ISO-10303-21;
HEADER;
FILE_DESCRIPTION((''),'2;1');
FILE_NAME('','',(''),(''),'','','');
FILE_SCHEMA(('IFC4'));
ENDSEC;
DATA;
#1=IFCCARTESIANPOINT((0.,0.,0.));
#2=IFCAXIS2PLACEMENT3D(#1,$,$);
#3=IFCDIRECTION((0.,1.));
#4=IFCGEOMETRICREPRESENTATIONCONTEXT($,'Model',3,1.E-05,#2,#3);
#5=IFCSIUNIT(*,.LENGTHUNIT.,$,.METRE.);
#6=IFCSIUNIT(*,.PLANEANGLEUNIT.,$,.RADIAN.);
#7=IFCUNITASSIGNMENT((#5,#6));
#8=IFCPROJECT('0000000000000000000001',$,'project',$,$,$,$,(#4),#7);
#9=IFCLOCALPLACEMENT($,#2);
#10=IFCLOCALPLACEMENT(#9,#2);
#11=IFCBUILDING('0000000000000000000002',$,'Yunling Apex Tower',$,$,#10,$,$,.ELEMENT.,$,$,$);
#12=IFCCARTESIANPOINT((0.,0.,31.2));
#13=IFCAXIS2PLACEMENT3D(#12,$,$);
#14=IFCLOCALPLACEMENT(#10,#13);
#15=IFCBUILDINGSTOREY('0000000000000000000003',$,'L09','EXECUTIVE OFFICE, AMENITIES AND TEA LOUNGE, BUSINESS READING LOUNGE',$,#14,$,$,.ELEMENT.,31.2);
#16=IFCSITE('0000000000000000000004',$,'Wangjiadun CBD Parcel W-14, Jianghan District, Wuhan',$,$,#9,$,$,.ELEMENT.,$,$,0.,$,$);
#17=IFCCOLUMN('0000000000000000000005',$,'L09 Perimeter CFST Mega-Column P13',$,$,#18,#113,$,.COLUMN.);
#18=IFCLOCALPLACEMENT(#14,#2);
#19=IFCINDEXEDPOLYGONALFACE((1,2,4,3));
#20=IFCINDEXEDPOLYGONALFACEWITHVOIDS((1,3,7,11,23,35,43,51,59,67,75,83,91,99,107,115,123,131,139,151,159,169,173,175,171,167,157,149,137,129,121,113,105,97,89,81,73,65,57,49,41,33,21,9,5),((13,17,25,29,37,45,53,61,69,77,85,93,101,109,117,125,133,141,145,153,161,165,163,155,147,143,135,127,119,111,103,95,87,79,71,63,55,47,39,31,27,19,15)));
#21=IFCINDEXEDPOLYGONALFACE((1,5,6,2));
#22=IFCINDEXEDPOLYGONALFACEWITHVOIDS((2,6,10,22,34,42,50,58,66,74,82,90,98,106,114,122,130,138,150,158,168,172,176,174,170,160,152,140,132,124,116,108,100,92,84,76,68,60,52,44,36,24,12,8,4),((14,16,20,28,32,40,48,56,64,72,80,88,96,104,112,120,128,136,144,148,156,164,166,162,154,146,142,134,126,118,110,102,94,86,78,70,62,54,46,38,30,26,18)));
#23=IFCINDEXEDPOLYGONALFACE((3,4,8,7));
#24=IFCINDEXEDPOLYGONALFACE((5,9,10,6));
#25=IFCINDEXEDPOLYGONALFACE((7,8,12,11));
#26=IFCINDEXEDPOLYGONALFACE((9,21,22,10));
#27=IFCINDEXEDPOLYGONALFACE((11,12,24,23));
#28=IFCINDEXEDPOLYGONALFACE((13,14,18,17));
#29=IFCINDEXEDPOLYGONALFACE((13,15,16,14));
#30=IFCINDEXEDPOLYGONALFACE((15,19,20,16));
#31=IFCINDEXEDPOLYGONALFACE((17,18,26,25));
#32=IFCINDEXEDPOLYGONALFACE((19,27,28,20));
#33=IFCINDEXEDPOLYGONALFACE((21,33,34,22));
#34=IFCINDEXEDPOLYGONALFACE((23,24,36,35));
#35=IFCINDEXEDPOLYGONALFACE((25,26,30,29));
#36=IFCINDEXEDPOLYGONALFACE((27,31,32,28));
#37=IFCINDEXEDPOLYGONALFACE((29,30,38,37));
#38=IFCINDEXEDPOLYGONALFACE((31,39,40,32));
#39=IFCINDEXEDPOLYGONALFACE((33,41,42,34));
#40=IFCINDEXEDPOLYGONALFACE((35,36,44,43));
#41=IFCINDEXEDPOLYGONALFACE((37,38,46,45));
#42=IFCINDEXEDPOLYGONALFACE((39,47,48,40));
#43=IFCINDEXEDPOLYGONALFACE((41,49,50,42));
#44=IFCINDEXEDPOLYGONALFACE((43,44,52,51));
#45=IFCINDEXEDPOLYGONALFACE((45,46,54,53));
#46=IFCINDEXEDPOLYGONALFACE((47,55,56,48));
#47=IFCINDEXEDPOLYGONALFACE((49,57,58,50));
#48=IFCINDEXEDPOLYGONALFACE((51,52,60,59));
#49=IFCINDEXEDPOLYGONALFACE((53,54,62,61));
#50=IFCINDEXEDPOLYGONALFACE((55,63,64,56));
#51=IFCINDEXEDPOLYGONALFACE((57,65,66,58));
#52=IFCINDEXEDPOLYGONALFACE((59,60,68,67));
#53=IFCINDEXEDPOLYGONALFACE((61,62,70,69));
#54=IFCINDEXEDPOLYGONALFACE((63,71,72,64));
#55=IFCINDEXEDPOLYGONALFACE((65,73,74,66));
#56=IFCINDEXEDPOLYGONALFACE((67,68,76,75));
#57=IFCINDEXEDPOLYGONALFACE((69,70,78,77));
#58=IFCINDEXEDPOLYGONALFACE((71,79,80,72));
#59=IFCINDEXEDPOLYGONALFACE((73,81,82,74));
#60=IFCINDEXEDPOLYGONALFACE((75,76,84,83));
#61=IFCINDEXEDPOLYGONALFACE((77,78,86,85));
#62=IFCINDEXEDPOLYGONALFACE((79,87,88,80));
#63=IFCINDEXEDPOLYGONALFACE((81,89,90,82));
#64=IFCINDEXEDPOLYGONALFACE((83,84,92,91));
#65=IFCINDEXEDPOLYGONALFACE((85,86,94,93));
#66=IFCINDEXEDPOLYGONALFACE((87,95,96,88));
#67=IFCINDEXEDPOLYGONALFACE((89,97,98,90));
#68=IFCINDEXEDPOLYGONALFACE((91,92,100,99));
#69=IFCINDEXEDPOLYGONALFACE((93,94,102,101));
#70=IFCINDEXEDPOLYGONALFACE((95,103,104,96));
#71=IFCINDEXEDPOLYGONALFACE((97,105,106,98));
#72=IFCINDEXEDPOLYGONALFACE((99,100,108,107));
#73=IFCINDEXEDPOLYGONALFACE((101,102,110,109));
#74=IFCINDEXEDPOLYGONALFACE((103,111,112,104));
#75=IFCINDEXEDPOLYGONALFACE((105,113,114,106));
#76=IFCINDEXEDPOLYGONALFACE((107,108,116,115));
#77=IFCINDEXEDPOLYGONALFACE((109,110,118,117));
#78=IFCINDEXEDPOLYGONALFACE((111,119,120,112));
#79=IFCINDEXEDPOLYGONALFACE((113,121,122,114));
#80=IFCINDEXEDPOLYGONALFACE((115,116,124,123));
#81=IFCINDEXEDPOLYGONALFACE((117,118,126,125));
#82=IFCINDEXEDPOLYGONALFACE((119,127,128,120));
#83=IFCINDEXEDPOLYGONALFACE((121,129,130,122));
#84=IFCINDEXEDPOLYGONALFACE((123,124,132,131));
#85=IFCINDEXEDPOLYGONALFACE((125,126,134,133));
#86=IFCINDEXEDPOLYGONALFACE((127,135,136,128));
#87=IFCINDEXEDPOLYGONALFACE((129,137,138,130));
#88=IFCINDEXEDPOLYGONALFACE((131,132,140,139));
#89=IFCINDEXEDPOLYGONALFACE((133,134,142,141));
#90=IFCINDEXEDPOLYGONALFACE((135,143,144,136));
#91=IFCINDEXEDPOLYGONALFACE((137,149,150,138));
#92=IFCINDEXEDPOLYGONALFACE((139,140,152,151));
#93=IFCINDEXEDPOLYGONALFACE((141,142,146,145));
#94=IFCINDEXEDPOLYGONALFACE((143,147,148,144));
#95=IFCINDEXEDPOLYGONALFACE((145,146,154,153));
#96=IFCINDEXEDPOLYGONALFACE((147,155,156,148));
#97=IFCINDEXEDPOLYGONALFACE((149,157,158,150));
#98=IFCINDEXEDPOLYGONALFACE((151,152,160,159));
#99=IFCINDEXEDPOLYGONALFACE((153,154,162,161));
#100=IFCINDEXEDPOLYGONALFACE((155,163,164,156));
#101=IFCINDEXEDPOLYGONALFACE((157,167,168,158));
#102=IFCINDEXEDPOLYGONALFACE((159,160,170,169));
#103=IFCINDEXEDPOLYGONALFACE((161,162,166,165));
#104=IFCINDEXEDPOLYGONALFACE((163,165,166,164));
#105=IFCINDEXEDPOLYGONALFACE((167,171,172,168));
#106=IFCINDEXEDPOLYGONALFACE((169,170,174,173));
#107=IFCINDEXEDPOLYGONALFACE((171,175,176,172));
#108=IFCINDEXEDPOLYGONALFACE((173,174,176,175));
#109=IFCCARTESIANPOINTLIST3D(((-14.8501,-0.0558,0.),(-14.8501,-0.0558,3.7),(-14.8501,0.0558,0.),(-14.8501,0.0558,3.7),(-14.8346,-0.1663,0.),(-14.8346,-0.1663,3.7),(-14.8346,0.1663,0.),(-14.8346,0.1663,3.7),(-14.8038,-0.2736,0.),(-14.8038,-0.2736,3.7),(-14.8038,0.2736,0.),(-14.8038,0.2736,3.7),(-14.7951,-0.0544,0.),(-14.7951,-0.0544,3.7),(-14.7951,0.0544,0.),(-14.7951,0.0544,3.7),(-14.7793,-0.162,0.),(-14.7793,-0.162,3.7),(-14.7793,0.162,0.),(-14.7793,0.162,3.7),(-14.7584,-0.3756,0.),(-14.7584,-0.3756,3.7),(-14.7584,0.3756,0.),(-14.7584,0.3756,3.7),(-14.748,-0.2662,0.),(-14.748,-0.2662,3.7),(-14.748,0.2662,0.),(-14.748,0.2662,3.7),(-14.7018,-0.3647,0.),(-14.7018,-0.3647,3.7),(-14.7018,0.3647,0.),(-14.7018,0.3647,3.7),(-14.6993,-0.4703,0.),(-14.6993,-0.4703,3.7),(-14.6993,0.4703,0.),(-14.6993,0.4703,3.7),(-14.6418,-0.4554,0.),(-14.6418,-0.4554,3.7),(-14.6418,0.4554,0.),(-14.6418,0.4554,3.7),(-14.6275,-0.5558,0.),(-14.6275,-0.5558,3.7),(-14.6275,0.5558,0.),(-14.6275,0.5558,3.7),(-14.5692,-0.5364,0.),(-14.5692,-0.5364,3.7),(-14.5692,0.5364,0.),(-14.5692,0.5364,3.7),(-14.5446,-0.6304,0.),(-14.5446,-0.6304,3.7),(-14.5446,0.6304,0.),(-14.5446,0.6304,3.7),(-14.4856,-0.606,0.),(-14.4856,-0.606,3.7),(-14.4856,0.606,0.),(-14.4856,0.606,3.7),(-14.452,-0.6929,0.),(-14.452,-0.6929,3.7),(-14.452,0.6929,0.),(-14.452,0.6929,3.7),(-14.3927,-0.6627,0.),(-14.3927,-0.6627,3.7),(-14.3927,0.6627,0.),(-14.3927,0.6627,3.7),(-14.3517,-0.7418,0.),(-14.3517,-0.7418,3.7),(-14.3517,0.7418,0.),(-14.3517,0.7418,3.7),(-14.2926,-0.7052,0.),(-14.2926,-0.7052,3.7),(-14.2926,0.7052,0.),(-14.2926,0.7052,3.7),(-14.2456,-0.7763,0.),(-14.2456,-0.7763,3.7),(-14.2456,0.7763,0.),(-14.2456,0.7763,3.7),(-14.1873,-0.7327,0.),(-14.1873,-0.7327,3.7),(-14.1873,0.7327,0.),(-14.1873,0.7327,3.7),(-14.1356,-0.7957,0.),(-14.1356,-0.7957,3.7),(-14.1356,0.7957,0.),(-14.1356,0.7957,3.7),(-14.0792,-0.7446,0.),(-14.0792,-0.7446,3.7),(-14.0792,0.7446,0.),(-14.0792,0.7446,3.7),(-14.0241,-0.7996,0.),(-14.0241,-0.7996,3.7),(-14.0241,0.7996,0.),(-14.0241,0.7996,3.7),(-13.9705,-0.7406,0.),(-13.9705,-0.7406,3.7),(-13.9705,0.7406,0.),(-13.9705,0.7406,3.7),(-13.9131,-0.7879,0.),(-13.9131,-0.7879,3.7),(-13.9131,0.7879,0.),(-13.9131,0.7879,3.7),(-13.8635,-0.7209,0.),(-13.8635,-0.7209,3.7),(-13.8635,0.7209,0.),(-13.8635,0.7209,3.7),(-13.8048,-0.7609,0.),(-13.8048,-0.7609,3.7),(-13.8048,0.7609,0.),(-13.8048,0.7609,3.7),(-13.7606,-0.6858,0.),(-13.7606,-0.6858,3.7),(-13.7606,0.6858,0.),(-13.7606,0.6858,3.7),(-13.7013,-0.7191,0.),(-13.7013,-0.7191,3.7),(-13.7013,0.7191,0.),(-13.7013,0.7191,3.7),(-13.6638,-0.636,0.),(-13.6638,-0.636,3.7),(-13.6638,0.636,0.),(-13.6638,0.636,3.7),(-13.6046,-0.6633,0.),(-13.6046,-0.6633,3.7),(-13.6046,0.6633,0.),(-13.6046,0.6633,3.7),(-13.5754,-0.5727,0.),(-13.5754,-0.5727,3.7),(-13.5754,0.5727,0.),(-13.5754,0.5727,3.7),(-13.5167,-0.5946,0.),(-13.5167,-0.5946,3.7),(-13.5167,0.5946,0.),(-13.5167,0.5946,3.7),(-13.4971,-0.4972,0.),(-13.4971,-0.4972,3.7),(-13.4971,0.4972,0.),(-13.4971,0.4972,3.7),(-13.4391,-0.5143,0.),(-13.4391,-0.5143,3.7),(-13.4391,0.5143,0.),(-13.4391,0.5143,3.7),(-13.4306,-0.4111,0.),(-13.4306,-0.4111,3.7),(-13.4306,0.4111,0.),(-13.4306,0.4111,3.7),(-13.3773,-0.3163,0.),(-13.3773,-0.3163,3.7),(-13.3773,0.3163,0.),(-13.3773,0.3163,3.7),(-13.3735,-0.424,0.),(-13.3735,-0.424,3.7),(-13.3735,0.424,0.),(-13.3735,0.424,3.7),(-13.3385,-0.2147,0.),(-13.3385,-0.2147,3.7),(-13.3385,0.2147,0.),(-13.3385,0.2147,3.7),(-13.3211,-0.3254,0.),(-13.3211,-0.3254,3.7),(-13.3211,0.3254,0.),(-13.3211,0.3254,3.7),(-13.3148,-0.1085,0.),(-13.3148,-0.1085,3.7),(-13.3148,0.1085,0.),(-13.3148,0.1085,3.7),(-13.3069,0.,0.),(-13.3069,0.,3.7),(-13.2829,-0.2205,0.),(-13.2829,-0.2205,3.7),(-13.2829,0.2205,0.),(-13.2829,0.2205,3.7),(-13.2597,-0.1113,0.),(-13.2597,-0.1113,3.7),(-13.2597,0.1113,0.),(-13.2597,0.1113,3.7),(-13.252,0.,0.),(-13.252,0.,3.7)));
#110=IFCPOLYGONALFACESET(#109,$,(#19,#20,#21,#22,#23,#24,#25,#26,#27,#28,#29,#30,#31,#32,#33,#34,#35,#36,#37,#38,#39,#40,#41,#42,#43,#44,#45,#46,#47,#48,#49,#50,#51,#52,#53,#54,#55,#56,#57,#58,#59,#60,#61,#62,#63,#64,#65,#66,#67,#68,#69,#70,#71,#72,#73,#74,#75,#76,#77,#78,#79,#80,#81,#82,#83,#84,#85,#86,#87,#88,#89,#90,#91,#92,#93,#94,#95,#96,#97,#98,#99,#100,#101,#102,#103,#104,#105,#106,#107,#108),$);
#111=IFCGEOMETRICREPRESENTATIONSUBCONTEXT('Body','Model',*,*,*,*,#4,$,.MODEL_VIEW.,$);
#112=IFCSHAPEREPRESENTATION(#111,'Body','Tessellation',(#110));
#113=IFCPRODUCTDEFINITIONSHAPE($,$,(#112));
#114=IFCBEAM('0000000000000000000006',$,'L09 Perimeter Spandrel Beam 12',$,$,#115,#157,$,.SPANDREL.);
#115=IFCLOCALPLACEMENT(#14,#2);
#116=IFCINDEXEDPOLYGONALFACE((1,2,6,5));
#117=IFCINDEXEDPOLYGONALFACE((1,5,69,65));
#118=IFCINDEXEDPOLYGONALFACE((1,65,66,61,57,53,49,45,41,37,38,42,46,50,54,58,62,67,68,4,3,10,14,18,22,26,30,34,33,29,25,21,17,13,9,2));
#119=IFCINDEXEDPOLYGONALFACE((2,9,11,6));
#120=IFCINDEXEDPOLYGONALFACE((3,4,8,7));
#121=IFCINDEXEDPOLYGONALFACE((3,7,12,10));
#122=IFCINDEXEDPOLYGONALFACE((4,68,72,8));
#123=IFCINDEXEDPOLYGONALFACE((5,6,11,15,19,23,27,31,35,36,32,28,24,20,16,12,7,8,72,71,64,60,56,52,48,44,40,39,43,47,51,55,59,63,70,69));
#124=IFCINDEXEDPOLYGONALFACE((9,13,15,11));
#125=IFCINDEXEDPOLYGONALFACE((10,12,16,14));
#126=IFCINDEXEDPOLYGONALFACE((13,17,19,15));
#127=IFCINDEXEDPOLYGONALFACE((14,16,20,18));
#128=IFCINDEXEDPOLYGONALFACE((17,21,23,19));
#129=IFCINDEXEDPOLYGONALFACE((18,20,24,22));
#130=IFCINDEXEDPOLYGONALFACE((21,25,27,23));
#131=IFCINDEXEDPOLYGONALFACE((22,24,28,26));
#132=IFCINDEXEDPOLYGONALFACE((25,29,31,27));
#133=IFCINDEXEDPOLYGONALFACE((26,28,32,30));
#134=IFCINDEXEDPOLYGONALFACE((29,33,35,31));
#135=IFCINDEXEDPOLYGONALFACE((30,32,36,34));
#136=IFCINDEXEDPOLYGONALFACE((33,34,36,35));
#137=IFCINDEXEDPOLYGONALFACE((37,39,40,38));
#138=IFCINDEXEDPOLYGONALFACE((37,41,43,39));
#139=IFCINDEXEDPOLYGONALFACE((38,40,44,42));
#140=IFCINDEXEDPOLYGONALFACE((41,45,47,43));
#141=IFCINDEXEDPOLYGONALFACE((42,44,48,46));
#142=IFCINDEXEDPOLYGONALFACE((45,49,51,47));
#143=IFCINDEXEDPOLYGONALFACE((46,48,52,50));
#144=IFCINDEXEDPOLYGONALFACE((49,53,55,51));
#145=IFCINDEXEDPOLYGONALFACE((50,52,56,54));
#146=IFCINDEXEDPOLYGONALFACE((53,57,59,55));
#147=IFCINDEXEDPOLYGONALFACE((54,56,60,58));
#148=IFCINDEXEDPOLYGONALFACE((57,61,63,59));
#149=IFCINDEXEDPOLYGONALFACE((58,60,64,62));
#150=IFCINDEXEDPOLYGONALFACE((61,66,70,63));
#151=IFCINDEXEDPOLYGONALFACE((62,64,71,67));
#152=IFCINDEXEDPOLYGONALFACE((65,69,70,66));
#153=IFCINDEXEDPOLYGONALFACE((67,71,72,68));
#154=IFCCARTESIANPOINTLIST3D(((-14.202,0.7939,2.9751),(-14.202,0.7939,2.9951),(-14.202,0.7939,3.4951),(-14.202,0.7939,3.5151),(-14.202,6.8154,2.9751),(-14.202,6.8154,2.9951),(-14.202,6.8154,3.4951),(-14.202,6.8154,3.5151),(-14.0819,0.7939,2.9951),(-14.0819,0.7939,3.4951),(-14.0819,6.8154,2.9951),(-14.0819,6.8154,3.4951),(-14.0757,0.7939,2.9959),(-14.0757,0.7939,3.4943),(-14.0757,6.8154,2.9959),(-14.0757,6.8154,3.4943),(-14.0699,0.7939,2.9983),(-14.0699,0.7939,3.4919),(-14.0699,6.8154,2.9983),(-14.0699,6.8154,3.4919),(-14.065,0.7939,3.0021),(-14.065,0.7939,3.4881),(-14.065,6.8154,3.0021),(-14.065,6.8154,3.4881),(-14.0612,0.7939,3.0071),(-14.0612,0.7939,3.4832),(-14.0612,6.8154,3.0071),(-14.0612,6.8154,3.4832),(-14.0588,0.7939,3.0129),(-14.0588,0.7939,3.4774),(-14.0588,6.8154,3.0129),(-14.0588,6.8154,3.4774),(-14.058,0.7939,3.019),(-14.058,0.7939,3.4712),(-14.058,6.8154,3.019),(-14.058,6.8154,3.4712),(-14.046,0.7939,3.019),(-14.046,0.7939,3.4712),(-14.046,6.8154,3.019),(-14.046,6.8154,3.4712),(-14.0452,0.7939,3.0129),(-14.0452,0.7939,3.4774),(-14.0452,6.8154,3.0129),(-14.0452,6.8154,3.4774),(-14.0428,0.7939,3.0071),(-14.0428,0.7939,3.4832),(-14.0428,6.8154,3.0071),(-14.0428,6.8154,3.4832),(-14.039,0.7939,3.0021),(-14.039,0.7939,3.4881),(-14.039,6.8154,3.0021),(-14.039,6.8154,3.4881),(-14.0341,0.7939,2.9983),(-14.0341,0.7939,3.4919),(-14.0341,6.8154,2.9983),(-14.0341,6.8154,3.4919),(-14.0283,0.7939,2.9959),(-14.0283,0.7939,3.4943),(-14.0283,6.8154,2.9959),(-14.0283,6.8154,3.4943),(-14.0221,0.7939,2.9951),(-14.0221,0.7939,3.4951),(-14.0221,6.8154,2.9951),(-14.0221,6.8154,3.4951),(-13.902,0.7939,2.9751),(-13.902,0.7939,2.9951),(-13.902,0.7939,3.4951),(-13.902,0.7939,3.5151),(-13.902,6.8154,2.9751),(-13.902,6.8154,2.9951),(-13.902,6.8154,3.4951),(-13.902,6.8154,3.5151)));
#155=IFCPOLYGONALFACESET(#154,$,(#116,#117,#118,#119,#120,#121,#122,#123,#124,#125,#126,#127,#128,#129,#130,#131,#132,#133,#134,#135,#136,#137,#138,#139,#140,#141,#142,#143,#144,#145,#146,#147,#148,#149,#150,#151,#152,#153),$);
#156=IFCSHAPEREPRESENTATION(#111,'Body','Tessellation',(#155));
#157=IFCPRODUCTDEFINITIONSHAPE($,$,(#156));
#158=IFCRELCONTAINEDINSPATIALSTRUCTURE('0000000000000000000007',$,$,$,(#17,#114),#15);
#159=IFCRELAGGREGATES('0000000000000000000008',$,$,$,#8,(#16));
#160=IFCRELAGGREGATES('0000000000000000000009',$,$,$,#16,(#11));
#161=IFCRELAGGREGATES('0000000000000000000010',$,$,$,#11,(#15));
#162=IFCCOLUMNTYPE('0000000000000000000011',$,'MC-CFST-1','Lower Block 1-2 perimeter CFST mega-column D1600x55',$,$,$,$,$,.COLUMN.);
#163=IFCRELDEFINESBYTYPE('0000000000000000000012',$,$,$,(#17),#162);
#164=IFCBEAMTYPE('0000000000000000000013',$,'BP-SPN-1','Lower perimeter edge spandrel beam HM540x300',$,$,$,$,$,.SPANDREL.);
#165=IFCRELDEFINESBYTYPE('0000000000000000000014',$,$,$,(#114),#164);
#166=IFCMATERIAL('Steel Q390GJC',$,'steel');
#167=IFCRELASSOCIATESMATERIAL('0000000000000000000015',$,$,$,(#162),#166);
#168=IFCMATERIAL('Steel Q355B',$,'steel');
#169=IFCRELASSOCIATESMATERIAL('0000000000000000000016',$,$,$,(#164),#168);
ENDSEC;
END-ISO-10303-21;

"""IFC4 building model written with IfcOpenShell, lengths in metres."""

from ifc_helpers import new_model, si_unit, direction, frame, origin, origin_2d, place, context, subcontext, project, spatial, hollow_circle, i_section, extrude, source, transform, mapped, material, material_profile, profile_set, type_object, element, save


model = new_model("IFC4")

# Units and contexts
model_context = context("Model", 3, precision=1e-05, world=origin(), true_north=direction((0.0, 1.0)))
body_context = subcontext(model_context, "Body", "Model", "MODEL_VIEW")
ifc_project = project(units=[si_unit("LENGTHUNIT", "METRE"), si_unit("PLANEANGLEUNIT", "RADIAN")], contexts=[model_context])

# Site, building, storey
site_placement = place(None, origin())
site = spatial("IfcSite", under=ifc_project, at=site_placement, Name="Wangjiadun CBD Parcel W-14, Jianghan District, Wuhan", CompositionType="ELEMENT", RefElevation=0.0)
building_placement = place(site_placement, origin())
building = spatial("IfcBuilding", under=site, at=building_placement, Name="Yunling Apex Tower", CompositionType="ELEMENT")
storey_placement = place(building_placement, frame((0.0, 0.0, 31.2)))
storey = spatial("IfcBuildingStorey", under=building, at=storey_placement, Name="L09", Description="EXECUTIVE OFFICE, AMENITIES AND TEA LOUNGE, BUSINESS READING LOUNGE", CompositionType="ELEMENT", Elevation=31.2)

# Column
ifc_material_1 = material(Name="Steel Q390GJC", Category="steel")
ifc_material_profile_1 = material_profile(ifc_material_1, hollow_circle(Radius=0.8, WallThickness=0.0549, at=origin_2d()))
ifc_profile_set_1 = profile_set([ifc_material_profile_1], Name="Steel Q390GJC")
column_type = type_object("IfcColumnType", Name="MC-CFST-1", Description="Lower Block 1-2 perimeter CFST mega-column D1600x55", PredefinedType="COLUMN", material=ifc_profile_set_1)
shared_shape_1 = source(origin(), body_context, "Body", "SweptSolid", [
    extrude(hollow_circle(Radius=0.8, WallThickness=0.0549, at=origin_2d()), origin(), (0.0, 0.0, 1.0), 3.7),
])
column_placement = place(storey_placement, frame((-14.052, 0.0, 0.0), z_axis=(0.0, 0.0, 1.0), x_axis=(1.0, 0.0, 0.0)))
element("IfcColumn", 1, at=column_placement, inside=storey, type_object=column_type, Name="L09 Perimeter CFST Mega-Column P13", PredefinedType="COLUMN", context=body_context, shape_type="MappedRepresentation", body=[
    mapped(shared_shape_1, transform((0.0, 0.0, 0.0), scale=1.0)),
])

# Beam
ifc_material_2 = material(Name="Steel Q355B", Category="steel")
ifc_material_profile_2 = material_profile(ifc_material_2, i_section(OverallWidth=0.3, OverallDepth=0.54, WebThickness=0.012, FlangeThickness=0.02, FilletRadius=0.0239, at=origin_2d()))
ifc_profile_set_2 = profile_set([ifc_material_profile_2], Name="Steel Q355B")
beam_type_1 = type_object("IfcBeamType", Name="BP-SPN-1", Description="Lower perimeter edge spandrel beam HM540x300", PredefinedType="SPANDREL", material=ifc_profile_set_2)
shared_shape_2 = source(origin(), body_context, "Body", "SweptSolid", [
    extrude(i_section(OverallWidth=0.3, OverallDepth=0.54, WebThickness=0.012, FlangeThickness=0.02, FilletRadius=0.0239, at=origin_2d()), origin(), (0.0, 0.0, 1.0), 6.0215),
])
beam_1_placement = place(storey_placement, frame((-14.052, 6.8154, 3.2451), z_axis=(0.0, -1.0, 0.0), x_axis=(1.0, 0.0, 0.0)))
element("IfcBeam", 2, at=beam_1_placement, inside=storey, type_object=beam_type_1, Name="L09 Perimeter Spandrel Beam 12", PredefinedType="SPANDREL", context=body_context, shape_type="MappedRepresentation", body=[
    mapped(shared_shape_2, transform((0.0, 0.0, 0.0), scale=1.0)),
])

save(model, "model.ifc")
